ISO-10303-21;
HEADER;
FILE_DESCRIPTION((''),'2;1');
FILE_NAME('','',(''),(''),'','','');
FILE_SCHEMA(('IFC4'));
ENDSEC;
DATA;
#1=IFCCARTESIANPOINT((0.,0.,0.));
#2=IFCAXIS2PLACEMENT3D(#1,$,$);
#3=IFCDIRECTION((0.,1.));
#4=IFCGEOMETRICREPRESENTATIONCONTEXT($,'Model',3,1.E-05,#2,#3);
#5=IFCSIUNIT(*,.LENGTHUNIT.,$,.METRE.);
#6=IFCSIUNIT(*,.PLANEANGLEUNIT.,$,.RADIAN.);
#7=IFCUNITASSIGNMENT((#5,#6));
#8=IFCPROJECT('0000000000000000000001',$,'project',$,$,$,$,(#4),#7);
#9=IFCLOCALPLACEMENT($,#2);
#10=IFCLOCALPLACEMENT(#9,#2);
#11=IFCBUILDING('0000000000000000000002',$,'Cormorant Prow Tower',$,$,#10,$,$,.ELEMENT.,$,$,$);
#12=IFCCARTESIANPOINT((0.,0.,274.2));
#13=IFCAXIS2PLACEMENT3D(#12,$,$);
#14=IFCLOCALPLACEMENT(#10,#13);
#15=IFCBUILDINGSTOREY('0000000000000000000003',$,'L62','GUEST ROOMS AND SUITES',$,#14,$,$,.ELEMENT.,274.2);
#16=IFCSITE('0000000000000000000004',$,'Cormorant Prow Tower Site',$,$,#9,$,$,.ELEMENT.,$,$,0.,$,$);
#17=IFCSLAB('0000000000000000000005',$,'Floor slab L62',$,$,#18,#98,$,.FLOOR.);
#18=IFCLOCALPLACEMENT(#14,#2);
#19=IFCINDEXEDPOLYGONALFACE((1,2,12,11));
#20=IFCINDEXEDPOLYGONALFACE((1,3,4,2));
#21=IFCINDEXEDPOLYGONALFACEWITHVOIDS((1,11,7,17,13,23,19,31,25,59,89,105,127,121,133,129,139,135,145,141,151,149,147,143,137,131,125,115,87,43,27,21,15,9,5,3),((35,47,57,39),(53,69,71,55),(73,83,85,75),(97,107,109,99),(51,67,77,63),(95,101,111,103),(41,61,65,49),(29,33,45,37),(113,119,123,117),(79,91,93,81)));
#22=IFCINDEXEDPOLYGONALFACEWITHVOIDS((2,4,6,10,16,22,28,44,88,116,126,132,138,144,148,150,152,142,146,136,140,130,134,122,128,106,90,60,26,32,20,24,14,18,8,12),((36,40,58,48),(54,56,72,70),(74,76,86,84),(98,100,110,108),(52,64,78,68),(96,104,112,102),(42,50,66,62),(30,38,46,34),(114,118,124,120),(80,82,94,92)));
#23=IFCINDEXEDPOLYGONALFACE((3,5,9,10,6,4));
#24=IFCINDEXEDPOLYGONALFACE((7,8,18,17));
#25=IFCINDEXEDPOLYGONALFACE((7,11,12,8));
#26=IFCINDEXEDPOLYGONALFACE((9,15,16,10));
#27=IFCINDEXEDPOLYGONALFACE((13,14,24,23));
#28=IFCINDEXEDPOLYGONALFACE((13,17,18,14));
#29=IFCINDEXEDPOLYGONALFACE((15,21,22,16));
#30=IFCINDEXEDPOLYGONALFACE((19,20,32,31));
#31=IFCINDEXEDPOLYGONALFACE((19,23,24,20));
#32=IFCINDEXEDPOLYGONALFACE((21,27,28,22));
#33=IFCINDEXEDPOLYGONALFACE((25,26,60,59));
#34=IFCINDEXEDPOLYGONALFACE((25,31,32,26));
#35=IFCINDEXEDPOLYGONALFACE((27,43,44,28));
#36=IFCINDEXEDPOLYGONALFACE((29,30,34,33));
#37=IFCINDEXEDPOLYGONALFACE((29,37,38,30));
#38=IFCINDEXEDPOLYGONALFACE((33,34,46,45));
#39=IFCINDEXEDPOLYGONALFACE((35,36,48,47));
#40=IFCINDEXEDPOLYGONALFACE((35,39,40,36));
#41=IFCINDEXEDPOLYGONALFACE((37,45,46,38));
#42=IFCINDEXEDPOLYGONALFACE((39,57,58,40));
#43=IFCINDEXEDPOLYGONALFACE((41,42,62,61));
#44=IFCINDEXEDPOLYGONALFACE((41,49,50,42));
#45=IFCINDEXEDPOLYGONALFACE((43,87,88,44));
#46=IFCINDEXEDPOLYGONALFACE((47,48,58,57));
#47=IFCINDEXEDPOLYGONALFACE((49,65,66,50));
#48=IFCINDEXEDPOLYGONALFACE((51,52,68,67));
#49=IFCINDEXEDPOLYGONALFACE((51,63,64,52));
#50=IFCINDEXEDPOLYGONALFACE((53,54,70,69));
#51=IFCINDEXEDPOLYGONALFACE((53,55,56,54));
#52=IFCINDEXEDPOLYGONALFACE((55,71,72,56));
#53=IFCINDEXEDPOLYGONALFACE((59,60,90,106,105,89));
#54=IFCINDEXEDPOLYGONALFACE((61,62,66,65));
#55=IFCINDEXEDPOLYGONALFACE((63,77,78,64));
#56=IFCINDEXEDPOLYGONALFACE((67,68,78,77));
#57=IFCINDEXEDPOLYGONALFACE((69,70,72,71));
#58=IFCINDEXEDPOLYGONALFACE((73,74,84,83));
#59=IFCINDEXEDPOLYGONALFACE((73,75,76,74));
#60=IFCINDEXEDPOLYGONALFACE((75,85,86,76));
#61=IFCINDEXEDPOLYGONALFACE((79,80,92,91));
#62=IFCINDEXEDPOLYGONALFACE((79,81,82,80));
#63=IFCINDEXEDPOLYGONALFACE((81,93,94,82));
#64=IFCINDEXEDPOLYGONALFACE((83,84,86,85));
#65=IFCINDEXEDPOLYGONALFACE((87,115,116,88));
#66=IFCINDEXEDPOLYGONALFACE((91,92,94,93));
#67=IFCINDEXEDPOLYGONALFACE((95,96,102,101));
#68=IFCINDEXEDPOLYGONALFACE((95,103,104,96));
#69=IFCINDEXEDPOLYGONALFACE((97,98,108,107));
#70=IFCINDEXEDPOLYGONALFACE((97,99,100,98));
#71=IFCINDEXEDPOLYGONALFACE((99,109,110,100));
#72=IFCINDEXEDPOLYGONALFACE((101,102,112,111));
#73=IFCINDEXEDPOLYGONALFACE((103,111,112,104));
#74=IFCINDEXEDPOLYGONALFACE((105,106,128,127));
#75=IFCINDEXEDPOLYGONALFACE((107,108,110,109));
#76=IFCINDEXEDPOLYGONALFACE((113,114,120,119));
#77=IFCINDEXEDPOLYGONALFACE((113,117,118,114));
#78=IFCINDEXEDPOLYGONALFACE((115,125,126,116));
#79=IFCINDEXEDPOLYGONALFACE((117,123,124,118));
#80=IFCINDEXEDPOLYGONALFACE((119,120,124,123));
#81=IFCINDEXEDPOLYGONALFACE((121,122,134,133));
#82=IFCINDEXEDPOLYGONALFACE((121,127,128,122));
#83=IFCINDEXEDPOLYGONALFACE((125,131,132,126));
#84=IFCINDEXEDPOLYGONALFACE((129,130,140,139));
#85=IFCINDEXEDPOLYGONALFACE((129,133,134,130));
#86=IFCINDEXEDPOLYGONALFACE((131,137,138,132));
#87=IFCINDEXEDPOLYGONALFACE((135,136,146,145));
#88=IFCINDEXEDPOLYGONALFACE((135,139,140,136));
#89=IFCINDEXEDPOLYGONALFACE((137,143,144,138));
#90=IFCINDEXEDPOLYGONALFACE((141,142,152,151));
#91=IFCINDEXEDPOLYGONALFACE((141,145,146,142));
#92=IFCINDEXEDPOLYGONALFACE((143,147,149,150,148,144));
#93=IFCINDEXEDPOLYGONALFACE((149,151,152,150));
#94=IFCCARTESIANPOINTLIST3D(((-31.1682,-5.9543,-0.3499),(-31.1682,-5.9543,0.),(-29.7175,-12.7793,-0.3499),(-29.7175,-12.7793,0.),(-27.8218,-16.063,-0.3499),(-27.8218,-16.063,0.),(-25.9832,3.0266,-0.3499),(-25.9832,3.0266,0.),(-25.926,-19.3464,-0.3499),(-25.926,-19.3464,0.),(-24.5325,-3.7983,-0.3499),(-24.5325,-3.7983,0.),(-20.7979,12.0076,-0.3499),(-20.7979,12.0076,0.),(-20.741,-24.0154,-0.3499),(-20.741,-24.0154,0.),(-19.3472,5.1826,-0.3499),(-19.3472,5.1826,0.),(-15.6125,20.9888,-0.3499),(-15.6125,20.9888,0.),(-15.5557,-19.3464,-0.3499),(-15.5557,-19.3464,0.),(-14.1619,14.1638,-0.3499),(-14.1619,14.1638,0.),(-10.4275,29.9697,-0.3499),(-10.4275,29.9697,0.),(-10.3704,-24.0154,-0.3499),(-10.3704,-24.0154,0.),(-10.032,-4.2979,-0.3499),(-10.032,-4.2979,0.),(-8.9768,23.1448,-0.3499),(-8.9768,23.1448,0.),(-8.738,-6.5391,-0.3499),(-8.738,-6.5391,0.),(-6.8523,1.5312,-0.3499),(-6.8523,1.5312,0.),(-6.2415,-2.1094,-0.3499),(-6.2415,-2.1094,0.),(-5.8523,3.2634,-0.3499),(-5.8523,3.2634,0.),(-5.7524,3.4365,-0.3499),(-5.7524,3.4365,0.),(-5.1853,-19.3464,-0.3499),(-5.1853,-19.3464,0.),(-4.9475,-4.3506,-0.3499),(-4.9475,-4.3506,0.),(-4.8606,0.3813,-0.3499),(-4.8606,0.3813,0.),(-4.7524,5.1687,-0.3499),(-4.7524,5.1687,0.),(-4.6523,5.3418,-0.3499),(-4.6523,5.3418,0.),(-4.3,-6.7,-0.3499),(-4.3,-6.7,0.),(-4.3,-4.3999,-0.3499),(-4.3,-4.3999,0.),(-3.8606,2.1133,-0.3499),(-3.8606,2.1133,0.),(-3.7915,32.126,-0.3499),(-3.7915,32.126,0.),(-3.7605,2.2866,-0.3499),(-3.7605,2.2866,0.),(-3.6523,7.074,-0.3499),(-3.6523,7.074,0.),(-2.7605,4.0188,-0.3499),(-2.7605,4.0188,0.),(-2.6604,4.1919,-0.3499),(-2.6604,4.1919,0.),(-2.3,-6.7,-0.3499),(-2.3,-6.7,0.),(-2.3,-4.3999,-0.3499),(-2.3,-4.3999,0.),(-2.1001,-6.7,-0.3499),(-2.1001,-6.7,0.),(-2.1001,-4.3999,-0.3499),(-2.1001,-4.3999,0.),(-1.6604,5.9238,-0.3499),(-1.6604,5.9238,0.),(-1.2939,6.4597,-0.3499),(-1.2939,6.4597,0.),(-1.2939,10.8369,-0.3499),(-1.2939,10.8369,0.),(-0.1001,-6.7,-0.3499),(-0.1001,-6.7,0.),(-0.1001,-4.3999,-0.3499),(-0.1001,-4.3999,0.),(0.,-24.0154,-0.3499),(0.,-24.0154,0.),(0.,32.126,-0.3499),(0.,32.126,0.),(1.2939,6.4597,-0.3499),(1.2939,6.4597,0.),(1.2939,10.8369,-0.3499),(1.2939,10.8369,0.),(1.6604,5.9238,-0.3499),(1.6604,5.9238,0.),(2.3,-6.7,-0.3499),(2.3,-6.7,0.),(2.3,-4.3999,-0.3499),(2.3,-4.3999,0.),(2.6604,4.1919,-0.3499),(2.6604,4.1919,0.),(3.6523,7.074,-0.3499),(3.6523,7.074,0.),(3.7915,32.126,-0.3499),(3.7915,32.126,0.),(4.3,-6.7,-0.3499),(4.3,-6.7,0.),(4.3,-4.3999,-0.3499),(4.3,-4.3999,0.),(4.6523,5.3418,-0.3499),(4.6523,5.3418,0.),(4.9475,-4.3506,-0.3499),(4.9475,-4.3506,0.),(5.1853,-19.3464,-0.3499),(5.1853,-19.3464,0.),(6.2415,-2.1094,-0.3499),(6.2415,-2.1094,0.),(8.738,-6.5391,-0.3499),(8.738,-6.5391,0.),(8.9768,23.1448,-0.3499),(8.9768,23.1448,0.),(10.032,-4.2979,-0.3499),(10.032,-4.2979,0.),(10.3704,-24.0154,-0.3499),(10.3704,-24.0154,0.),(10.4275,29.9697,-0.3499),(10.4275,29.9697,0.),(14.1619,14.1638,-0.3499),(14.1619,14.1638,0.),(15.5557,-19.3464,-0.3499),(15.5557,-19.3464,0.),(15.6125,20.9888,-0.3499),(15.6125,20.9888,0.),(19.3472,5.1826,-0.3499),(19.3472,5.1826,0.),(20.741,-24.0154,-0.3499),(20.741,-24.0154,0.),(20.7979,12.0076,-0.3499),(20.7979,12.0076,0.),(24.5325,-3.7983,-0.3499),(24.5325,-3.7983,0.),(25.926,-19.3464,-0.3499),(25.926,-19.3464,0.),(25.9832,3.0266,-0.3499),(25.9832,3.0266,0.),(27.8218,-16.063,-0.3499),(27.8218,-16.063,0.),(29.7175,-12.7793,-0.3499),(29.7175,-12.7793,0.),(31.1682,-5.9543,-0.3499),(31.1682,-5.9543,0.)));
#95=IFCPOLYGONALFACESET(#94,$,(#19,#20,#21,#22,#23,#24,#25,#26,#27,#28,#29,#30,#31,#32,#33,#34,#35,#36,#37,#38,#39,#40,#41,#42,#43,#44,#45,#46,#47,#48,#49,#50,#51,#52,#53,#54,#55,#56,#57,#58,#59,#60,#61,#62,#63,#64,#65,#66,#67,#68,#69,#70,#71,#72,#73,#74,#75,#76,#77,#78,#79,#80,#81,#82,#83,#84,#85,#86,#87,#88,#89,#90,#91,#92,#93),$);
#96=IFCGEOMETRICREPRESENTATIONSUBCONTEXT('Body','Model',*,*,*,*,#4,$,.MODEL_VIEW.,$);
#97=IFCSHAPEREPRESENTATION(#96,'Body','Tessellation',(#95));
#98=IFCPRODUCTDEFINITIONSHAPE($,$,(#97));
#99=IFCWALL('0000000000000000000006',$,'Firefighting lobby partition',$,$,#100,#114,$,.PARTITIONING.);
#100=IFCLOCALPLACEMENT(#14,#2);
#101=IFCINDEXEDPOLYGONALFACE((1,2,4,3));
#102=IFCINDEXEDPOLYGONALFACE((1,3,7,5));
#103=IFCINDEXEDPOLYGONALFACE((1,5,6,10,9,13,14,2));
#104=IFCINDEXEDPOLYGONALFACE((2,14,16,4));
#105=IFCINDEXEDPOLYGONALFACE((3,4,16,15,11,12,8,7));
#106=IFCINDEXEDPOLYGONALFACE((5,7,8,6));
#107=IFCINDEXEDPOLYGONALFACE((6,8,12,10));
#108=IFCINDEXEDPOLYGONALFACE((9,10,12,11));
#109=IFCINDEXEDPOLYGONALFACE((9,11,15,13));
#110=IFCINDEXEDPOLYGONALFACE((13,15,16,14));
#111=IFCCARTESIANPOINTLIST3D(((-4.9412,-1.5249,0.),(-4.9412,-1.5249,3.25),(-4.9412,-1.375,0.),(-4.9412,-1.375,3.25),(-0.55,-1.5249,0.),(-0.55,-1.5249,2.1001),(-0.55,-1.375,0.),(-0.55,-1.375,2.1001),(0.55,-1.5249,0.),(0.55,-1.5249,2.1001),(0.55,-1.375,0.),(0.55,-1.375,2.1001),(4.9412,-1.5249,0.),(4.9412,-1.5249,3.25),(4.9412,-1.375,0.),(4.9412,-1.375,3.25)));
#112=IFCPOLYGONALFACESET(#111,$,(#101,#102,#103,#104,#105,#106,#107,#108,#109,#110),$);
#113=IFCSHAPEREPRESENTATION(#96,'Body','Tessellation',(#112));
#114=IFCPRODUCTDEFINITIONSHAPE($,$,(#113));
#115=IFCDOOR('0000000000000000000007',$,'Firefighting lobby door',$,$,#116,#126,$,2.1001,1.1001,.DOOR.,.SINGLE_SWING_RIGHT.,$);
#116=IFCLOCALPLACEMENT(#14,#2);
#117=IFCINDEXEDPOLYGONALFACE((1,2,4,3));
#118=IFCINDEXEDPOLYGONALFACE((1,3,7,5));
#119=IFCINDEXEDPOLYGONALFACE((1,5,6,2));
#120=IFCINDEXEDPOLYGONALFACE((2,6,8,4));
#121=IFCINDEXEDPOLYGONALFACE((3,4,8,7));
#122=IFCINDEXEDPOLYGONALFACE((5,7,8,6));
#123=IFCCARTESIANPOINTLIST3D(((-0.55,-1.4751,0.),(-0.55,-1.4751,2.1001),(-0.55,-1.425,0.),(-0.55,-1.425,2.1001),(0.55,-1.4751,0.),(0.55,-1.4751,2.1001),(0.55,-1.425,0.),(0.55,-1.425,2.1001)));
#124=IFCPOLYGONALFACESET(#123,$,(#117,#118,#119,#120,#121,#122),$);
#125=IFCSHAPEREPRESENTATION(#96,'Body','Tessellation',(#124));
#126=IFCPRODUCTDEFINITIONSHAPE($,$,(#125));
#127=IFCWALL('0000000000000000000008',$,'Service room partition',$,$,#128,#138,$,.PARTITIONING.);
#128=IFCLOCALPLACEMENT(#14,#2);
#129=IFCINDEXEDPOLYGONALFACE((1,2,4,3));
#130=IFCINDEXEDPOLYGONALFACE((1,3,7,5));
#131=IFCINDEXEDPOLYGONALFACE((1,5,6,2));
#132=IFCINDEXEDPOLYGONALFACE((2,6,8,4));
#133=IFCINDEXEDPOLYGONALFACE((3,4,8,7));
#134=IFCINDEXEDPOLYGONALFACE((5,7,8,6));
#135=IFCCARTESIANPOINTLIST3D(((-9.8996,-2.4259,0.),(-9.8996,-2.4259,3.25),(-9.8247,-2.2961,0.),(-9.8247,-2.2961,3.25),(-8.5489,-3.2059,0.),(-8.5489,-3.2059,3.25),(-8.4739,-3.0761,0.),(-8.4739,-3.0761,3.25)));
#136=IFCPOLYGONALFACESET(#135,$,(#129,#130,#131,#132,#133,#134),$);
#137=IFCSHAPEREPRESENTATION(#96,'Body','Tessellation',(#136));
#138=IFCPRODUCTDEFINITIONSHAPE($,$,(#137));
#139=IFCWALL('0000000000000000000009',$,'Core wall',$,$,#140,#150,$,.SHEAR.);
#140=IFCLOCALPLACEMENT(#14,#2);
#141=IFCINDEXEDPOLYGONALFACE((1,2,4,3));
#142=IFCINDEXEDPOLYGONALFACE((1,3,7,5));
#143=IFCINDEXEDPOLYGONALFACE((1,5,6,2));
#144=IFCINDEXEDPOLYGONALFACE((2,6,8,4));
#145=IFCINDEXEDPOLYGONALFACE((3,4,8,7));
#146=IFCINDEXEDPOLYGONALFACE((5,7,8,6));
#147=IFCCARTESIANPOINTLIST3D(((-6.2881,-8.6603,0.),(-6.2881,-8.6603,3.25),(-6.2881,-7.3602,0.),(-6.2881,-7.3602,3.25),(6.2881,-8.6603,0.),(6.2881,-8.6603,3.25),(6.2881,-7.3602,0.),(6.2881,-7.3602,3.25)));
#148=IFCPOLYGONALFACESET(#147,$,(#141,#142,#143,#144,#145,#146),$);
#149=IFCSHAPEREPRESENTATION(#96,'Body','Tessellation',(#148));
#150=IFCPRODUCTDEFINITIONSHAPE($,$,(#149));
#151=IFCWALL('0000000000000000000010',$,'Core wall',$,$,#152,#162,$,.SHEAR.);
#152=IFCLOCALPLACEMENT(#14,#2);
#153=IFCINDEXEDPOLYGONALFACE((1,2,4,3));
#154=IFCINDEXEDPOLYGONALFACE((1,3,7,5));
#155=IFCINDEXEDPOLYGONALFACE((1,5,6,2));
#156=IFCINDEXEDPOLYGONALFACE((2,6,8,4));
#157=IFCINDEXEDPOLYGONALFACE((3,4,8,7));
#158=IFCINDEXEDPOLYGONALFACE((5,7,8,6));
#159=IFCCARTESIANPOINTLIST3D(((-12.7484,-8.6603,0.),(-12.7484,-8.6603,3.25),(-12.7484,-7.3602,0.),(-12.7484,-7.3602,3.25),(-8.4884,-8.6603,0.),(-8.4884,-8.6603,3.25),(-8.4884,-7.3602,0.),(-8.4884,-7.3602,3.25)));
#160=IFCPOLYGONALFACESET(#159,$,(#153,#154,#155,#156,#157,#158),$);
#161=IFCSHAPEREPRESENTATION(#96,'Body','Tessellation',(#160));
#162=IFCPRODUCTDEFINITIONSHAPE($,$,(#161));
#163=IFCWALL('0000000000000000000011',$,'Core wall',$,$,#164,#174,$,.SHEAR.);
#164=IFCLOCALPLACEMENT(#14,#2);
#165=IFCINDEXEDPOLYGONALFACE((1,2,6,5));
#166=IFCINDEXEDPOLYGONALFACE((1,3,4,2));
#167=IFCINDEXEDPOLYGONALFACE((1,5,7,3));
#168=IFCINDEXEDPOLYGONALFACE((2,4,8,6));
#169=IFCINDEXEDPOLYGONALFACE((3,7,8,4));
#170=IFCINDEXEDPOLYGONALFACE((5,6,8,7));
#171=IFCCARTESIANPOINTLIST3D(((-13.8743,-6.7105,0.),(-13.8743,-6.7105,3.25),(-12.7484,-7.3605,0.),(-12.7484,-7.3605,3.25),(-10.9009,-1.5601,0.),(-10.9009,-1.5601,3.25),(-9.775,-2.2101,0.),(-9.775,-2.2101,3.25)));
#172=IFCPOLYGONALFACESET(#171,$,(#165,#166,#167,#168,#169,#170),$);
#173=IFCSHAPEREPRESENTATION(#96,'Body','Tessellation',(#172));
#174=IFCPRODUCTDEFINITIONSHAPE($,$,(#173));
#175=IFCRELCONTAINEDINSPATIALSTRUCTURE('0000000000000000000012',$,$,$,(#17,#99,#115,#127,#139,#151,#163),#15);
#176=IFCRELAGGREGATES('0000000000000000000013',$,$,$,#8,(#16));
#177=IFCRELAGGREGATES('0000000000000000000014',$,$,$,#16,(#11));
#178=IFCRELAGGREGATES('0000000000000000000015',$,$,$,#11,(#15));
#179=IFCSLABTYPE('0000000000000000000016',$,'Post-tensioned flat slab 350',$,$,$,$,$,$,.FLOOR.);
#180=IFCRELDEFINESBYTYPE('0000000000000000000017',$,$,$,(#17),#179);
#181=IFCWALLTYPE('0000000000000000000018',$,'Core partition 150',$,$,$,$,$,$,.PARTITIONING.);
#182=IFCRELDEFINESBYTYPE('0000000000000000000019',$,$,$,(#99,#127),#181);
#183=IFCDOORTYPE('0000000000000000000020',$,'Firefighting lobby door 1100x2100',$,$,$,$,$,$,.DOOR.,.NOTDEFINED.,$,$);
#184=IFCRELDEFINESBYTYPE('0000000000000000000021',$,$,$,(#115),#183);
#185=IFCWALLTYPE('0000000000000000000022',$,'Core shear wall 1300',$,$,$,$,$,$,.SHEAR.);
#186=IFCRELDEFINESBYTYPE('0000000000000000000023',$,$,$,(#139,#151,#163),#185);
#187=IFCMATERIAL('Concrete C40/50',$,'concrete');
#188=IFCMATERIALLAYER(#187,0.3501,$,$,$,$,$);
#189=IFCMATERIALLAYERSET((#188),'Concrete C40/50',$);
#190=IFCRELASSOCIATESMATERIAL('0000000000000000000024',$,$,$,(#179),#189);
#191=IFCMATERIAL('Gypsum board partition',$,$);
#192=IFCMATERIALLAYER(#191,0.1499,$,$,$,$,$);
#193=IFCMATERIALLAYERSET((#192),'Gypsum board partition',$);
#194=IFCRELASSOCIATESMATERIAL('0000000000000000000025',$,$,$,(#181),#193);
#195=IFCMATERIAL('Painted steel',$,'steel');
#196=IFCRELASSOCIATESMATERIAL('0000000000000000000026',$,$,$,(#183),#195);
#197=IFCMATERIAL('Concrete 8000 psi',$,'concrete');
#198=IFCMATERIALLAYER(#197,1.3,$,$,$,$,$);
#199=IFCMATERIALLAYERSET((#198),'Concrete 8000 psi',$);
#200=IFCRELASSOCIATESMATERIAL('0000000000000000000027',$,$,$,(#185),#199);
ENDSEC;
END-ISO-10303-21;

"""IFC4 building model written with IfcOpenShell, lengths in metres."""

from ifc_helpers import new_model, si_unit, direction, frame, frame_2d, origin, place, context, subcontext, project, spatial, polyline, rectangle, outline, extrude, material, layer, layer_set, type_object, element, fill, save


model = new_model("IFC4")

# Units and contexts
model_context = context("Model", 3, precision=1e-05, world=origin(), true_north=direction((0.0, 1.0)))
body_context = subcontext(model_context, "Body", "Model", "MODEL_VIEW")
ifc_project = project(units=[si_unit("LENGTHUNIT", "METRE"), si_unit("PLANEANGLEUNIT", "RADIAN")], contexts=[model_context])

# Site, building, storey
site_placement = place(None, origin())
site = spatial("IfcSite", under=ifc_project, at=site_placement, Name="Cormorant Prow Tower Site", CompositionType="ELEMENT", RefElevation=0.0)
building_placement = place(site_placement, origin())
building = spatial("IfcBuilding", under=site, at=building_placement, Name="Cormorant Prow Tower", CompositionType="ELEMENT")
storey_placement = place(building_placement, frame((0.0, 0.0, 274.2)))
storey = spatial("IfcBuildingStorey", under=building, at=storey_placement, Name="L62", Description="GUEST ROOMS AND SUITES", CompositionType="ELEMENT", Elevation=274.2)

# Slab
ifc_material_1 = material(Name="Concrete C40/50", Category="concrete")
ifc_layer_1 = layer(ifc_material_1, 0.3501)
ifc_layer_set_1 = layer_set([ifc_layer_1], Name="Concrete C40/50")
slab_type_1 = type_object("IfcSlabType", Name="Post-tensioned flat slab 350", PredefinedType="FLOOR", material=ifc_layer_set_1)
slab_1_placement = place(storey_placement, frame((0.0, 0.0, -0.3499)))
element("IfcSlab", 1, at=slab_1_placement, inside=storey, type_object=slab_type_1, Name="Floor slab L62", PredefinedType="FLOOR", context=body_context, shape_type="SweptSolid", body=[
    extrude(outline(polyline([(-8.9768, 23.1448), (-15.6125, 20.9888), (-14.1619, 14.1638), (-20.7979, 12.0076), (-19.3472, 5.1826), (-25.9832, 3.0266), (-24.5325, -3.7983), (-31.1682, -5.9543), (-29.7175, -12.7793), (-27.8218, -16.063), (-25.926, -19.3464), (-20.741, -24.0154), (-15.5557, -19.3464), (-10.3704, -24.0154), (-5.1853, -19.3464), (0.0, -24.0154), (5.1853, -19.3464), (10.3704, -24.0154), (15.5557, -19.3464), (20.741, -24.0154), (25.926, -19.3464), (27.8218, -16.063), (29.7175, -12.7793), (31.1682, -5.9543), (24.5325, -3.7983), (25.9832, 3.0266), (19.3472, 5.1826), (20.7979, 12.0076), (14.1619, 14.1638), (15.6125, 20.9888), (8.9768, 23.1448), (10.4275, 29.9697), (3.7915, 32.126), (0.0, 32.126), (-3.7915, 32.126), (-10.4275, 29.9697), (-8.9768, 23.1448)]), holes=[polyline([(-4.3, -4.3999), (-2.3, -4.3999), (-2.3, -6.7), (-4.3, -6.7), (-4.3, -4.3999)]), polyline([(-0.1001, -4.3999), (-0.1001, -6.7), (-2.1001, -6.7), (-2.1001, -4.3999), (-0.1001, -4.3999)]), polyline([(4.3, -6.7), (2.3, -6.7), (2.3, -4.3999), (4.3, -4.3999), (4.3, -6.7)]), polyline([(4.6523, 5.3418), (2.6604, 4.1919), (1.6604, 5.9238), (3.6523, 7.074), (4.6523, 5.3418)]), polyline([(-1.6604, 5.9238), (-2.6604, 4.1919), (-4.6523, 5.3418), (-3.6523, 7.074), (-1.6604, 5.9238)]), polyline([(-3.7605, 2.2866), (-5.7524, 3.4365), (-4.7524, 5.1687), (-2.7605, 4.0188), (-3.7605, 2.2866)]), polyline([(-6.8523, 1.5312), (-5.8523, 3.2634), (-3.8606, 2.1133), (-4.8606, 0.3813), (-6.8523, 1.5312)]), polyline([(-4.9475, -4.3506), (-8.738, -6.5391), (-10.032, -4.2979), (-6.2415, -2.1094), (-4.9475, -4.3506)]), polyline([(10.032, -4.2979), (8.738, -6.5391), (4.9475, -4.3506), (6.2415, -2.1094), (10.032, -4.2979)]), polyline([(1.2939, 10.8369), (1.2939, 6.4597), (-1.2939, 6.4597), (-1.2939, 10.8369), (1.2939, 10.8369)])]), origin(), (0.0, 0.0, 1.0), 0.3499),
])

# Wall, opening, door
ifc_material_2 = material(Name="Gypsum board partition")
ifc_layer_2 = layer(ifc_material_2, 0.1499)
ifc_layer_set_2 = layer_set([ifc_layer_2], Name="Gypsum board partition")
wall_type_1 = type_object("IfcWallType", Name="Core partition 150", PredefinedType="PARTITIONING", material=ifc_layer_set_2)
wall_1_placement = place(storey_placement, frame((-4.9412, -1.45, 0.0), z_axis=(0.0, 0.0, 1.0), x_axis=(1.0, 0.0, 0.0)))
wall_1 = element("IfcWall", 2, at=wall_1_placement, inside=storey, type_object=wall_type_1, Name="Firefighting lobby partition", PredefinedType="PARTITIONING", context=body_context, shape_type="SweptSolid", body=[
    extrude(rectangle(XDim=9.8823, YDim=0.1499, at=frame_2d((4.9412, 0.0))), origin(), (0.0, 0.0, 1.0), 3.25),
])
opening_1_placement = place(wall_1_placement, frame((4.3911, 0.0, 0.0)))
opening_1 = element("IfcOpeningElement", 3, at=opening_1_placement, cuts=wall_1, PredefinedType="OPENING", context=body_context, shape_type="SweptSolid", body=[
    extrude(rectangle(XDim=1.1001, YDim=2.1001, at=frame_2d((0.55, 1.05))), frame((0.0, 0.085, 0.0), z_axis=(0.0, -1.0, 0.0), x_axis=(1.0, 0.0, 0.0)), (0.0, 0.0, 1.0), 0.1699),
])
ifc_material_3 = material(Name="Painted steel", Category="steel")
door_type_1 = type_object("IfcDoorType", Name="Firefighting lobby door 1100x2100", OperationType="NOTDEFINED", PredefinedType="DOOR", material=ifc_material_3)
door_1_placement = place(opening_1_placement, origin())
door_1 = element("IfcDoor", 4, at=door_1_placement, inside=storey, type_object=door_type_1, Name="Firefighting lobby door", OperationType="SINGLE_SWING_RIGHT", OverallHeight=2.1001, OverallWidth=1.1001, PredefinedType="DOOR", context=body_context, shape_type="SweptSolid", body=[
    extrude(rectangle(XDim=1.1001, YDim=2.1001, at=frame_2d((0.55, 1.05))), frame((0.0, 0.0249, 0.0), z_axis=(0.0, -1.0, 0.0), x_axis=(1.0, 0.0, 0.0)), (0.0, 0.0, 1.0), 0.05),
])
fill(opening_1, door_1)

# Walls
wall_2_placement = place(storey_placement, frame((-9.8621, -2.3611, 0.0), z_axis=(0.0, 0.0, 1.0), x_axis=(0.86599, -0.500061, 0.0)))
element("IfcWall", 5, at=wall_2_placement, inside=storey, type_object=wall_type_1, Name="Service room partition", PredefinedType="PARTITIONING", context=body_context, shape_type="SweptSolid", body=[
    extrude(rectangle(XDim=1.5598, YDim=0.1499, at=frame_2d((0.7798, 0.0))), origin(), (0.0, 0.0, 1.0), 3.25),
])
ifc_material_4 = material(Name="Concrete 8000 psi", Category="concrete")
ifc_layer_3 = layer(ifc_material_4, 1.3)
ifc_layer_set_3 = layer_set([ifc_layer_3], Name="Concrete 8000 psi")
wall_type_2 = type_object("IfcWallType", Name="Core shear wall 1300", PredefinedType="SHEAR", material=ifc_layer_set_3)
wall_3_placement = place(storey_placement, frame((-6.2881, -8.0103, 0.0), z_axis=(0.0, 0.0, 1.0), x_axis=(1.0, 0.0, 0.0)))
element("IfcWall", 6, at=wall_3_placement, inside=storey, type_object=wall_type_2, Name="Core wall", PredefinedType="SHEAR", context=body_context, shape_type="SweptSolid", body=[
    extrude(rectangle(XDim=12.5762, YDim=1.3, at=frame_2d((6.2881, 0.0))), origin(), (0.0, 0.0, 1.0), 3.25),
])
wall_4_placement = place(storey_placement, frame((-12.7483, -8.0103, 0.0), z_axis=(0.0, 0.0, 1.0), x_axis=(1.0, 0.0, 0.0)))
element("IfcWall", 7, at=wall_4_placement, inside=storey, type_object=wall_type_2, Name="Core wall", PredefinedType="SHEAR", context=body_context, shape_type="SweptSolid", body=[
    extrude(rectangle(XDim=4.26, YDim=1.3, at=frame_2d((2.1299, 0.0))), origin(), (0.0, 0.0, 1.0), 3.25),
])
wall_5_placement = place(storey_placement, frame((-10.3379, -1.885, 0.0), z_axis=(0.0, 0.0, 1.0), x_axis=(-0.499976, -0.866039, 0.0)))
element("IfcWall", 8, at=wall_5_placement, inside=storey, type_object=wall_type_2, Name="Core wall", PredefinedType="SHEAR", context=body_context, shape_type="SweptSolid", body=[
    extrude(rectangle(XDim=5.947, YDim=1.3, at=frame_2d((2.9736, 0.0))), origin(), (0.0, 0.0, 1.0), 3.25),
])

save(model, "model.ifc")
